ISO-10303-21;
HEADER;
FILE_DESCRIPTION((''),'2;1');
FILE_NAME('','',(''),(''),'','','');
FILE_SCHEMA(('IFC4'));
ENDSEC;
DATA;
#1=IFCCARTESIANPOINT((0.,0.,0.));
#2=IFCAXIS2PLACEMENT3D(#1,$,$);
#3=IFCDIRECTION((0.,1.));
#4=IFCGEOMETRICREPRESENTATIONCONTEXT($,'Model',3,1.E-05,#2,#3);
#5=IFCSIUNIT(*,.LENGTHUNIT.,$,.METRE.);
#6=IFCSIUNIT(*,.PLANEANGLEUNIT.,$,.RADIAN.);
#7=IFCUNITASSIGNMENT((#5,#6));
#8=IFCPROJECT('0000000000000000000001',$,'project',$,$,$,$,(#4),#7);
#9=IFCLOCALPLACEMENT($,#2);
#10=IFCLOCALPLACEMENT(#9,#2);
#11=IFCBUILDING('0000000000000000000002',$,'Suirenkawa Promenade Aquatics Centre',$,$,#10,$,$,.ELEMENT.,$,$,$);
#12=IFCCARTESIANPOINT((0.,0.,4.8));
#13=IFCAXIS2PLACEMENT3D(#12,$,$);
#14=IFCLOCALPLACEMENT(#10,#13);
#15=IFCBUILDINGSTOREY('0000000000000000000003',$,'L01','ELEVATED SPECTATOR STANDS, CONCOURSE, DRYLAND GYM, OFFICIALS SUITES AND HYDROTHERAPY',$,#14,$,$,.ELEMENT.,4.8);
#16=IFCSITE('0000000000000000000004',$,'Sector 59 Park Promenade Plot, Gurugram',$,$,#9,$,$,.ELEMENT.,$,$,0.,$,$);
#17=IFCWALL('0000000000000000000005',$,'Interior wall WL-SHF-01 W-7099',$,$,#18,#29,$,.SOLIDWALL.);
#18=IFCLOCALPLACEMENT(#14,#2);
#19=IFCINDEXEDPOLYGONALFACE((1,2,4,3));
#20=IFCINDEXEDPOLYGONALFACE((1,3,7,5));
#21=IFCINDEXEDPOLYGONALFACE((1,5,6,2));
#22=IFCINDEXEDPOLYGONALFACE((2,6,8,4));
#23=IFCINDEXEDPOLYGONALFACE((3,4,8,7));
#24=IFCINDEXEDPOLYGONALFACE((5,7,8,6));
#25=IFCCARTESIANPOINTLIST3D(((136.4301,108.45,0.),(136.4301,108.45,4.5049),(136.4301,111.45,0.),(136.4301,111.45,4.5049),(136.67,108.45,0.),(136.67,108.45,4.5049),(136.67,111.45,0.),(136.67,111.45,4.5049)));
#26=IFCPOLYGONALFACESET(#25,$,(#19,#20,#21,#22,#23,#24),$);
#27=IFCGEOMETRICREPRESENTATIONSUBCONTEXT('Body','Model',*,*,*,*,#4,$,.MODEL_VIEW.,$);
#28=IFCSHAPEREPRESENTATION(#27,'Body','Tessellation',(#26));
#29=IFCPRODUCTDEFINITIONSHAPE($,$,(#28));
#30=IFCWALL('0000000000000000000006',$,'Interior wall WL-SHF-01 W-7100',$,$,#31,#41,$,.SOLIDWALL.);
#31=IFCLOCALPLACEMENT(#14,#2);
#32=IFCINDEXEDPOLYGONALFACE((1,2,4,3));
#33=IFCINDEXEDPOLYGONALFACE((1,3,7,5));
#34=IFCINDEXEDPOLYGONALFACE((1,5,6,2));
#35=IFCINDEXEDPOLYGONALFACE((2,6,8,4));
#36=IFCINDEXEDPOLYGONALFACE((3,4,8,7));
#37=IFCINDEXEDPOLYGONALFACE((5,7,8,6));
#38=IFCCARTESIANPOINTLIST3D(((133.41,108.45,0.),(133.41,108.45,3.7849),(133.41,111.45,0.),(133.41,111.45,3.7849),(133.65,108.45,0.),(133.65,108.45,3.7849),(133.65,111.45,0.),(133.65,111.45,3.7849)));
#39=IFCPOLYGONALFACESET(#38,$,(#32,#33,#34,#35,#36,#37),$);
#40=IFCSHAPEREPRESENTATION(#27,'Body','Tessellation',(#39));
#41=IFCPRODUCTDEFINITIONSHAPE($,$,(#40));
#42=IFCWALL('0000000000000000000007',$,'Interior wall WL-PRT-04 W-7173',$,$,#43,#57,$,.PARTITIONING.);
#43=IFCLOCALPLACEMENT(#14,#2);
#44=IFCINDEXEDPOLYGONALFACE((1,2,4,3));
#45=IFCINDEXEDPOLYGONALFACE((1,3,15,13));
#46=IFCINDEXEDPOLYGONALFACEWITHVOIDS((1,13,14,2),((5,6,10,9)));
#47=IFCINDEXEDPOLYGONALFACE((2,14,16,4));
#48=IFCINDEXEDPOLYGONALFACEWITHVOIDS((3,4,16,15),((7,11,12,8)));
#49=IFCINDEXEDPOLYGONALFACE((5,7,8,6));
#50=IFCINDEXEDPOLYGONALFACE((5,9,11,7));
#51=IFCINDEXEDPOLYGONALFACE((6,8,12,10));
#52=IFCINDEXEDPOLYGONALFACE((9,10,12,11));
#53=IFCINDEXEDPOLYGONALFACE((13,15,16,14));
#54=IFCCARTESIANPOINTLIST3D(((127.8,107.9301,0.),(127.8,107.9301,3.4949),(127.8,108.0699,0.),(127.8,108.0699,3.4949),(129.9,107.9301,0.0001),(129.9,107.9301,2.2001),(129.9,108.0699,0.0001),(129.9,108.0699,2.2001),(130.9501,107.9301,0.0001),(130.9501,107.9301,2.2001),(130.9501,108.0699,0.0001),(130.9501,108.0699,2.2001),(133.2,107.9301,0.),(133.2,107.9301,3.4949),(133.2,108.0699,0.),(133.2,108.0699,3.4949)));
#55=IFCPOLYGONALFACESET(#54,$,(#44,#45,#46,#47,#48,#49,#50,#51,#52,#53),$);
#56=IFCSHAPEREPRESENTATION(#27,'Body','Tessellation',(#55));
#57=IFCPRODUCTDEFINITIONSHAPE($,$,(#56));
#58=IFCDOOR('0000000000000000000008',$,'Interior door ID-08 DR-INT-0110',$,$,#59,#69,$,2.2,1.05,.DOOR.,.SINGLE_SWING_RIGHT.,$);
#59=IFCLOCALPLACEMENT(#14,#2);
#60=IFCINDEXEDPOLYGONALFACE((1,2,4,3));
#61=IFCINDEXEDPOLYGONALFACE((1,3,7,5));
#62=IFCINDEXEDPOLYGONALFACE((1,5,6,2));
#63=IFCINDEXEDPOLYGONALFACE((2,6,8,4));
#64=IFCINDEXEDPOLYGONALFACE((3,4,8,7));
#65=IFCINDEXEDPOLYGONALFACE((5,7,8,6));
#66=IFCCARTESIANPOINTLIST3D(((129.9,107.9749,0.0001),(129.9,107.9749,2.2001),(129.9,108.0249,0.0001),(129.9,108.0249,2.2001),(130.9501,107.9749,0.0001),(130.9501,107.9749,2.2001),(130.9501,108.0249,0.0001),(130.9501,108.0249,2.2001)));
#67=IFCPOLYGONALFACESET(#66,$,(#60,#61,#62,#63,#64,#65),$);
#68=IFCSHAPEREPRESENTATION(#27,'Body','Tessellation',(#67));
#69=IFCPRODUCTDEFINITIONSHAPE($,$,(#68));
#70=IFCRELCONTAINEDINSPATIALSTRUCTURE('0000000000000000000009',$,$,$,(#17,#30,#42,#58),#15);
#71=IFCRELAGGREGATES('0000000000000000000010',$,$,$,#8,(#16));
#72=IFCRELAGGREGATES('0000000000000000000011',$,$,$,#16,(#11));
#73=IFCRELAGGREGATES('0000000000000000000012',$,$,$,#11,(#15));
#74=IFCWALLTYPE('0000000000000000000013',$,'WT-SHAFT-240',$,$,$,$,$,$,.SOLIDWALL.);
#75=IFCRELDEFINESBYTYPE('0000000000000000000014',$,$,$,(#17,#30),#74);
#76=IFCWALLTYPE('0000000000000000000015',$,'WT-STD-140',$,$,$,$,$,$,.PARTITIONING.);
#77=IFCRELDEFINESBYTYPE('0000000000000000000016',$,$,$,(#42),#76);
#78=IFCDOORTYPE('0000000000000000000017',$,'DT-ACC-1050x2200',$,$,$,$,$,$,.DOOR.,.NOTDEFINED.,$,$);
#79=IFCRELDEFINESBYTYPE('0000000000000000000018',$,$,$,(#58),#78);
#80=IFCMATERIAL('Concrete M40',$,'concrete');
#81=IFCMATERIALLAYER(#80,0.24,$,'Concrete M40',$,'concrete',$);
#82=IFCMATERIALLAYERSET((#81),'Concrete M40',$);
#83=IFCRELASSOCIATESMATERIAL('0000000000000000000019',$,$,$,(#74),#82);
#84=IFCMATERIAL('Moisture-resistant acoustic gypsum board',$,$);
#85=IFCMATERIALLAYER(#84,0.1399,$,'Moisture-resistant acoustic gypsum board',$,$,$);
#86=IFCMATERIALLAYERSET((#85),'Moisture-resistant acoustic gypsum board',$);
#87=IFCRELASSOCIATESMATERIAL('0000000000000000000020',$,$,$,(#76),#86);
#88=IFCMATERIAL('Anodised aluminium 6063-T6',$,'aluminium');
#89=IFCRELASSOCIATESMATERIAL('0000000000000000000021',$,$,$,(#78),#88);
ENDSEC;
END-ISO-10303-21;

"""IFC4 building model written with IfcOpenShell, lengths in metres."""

from ifc_helpers import new_model, si_unit, direction, frame, frame_2d, origin, place, context, subcontext, project, spatial, rectangle, extrude, material, layer, layer_set, type_object, element, fill, save


model = new_model("IFC4")

# Units and contexts
model_context = context("Model", 3, precision=1e-05, world=origin(), true_north=direction((0.0, 1.0)))
body_context = subcontext(model_context, "Body", "Model", "MODEL_VIEW")
ifc_project = project(units=[si_unit("LENGTHUNIT", "METRE"), si_unit("PLANEANGLEUNIT", "RADIAN")], contexts=[model_context])

# Site, building, storey
site_placement = place(None, origin())
site = spatial("IfcSite", under=ifc_project, at=site_placement, Name="Sector 59 Park Promenade Plot, Gurugram", CompositionType="ELEMENT", RefElevation=0.0)
building_placement = place(site_placement, origin())
building = spatial("IfcBuilding", under=site, at=building_placement, Name="Suirenkawa Promenade Aquatics Centre", CompositionType="ELEMENT")
storey_placement = place(building_placement, frame((0.0, 0.0, 4.8)))
storey = spatial("IfcBuildingStorey", under=building, at=storey_placement, Name="L01", Description="ELEVATED SPECTATOR STANDS, CONCOURSE, DRYLAND GYM, OFFICIALS SUITES AND HYDROTHERAPY", CompositionType="ELEMENT", Elevation=4.8)

# Shared definitions
ifc_material_1 = material(Name="Concrete M40", Category="concrete")

# Shared definitions
ifc_layer_1 = layer(ifc_material_1, 0.24, Name="Concrete M40", Category="concrete")
ifc_layer_set_1 = layer_set([ifc_layer_1], Name="Concrete M40")
wall_type_1 = type_object("IfcWallType", Name="WT-SHAFT-240", PredefinedType="SOLIDWALL", material=ifc_layer_set_1)

# Walls
wall_1_placement = place(storey_placement, frame((136.55, 108.45, 0.0), z_axis=(0.0, 0.0, 1.0), x_axis=(0.0, 1.0, 0.0)))
element("IfcWall", 1, at=wall_1_placement, inside=storey, type_object=wall_type_1, Name="Interior wall WL-SHF-01 W-7099", PredefinedType="SOLIDWALL", context=body_context, shape_type="SweptSolid", body=[
    extrude(rectangle(XDim=3.0, YDim=0.24, at=frame_2d((1.5, 0.0))), origin(), (0.0, 0.0, 1.0), 4.5049),
])
wall_2_placement = place(storey_placement, frame((133.53, 108.45, 0.0), z_axis=(0.0, 0.0, 1.0), x_axis=(0.0, 1.0, 0.0)))
element("IfcWall", 2, at=wall_2_placement, inside=storey, type_object=wall_type_1, Name="Interior wall WL-SHF-01 W-7100", PredefinedType="SOLIDWALL", context=body_context, shape_type="SweptSolid", body=[
    extrude(rectangle(XDim=3.0, YDim=0.24, at=frame_2d((1.5, 0.0))), origin(), (0.0, 0.0, 1.0), 3.7849),
])

# Wall, opening, door
ifc_material_2 = material(Name="Moisture-resistant acoustic gypsum board")
ifc_layer_2 = layer(ifc_material_2, 0.1399, Name="Moisture-resistant acoustic gypsum board")
ifc_layer_set_2 = layer_set([ifc_layer_2], Name="Moisture-resistant acoustic gypsum board")
wall_type_2 = type_object("IfcWallType", Name="WT-STD-140", PredefinedType="PARTITIONING", material=ifc_layer_set_2)
wall_3_placement = place(storey_placement, frame((127.8, 108.0, 0.0), z_axis=(0.0, 0.0, 1.0), x_axis=(1.0, 0.0, 0.0)))
wall_3 = element("IfcWall", 3, at=wall_3_placement, inside=storey, type_object=wall_type_2, Name="Interior wall WL-PRT-04 W-7173", PredefinedType="PARTITIONING", context=body_context, shape_type="SweptSolid", body=[
    extrude(rectangle(XDim=5.3999, YDim=0.1399, at=frame_2d((2.7, 0.0))), origin(), (0.0, 0.0, 1.0), 3.4949),
])
opening_1_placement = place(wall_3_placement, frame((2.1001, 0.0, 0.0)))
opening_1 = element("IfcOpeningElement", 4, at=opening_1_placement, cuts=wall_3, PredefinedType="OPENING", context=body_context, shape_type="SweptSolid", body=[
    extrude(rectangle(XDim=1.05, YDim=2.2, at=frame_2d((0.5249, 1.1001))), frame((0.0, 0.0798, 0.0), z_axis=(0.0, -1.0, 0.0), x_axis=(1.0, 0.0, 0.0)), (0.0, 0.0, 1.0), 0.1599),
])
ifc_material_3 = material(Name="Anodised aluminium 6063-T6", Category="aluminium")
door_type_1 = type_object("IfcDoorType", Name="DT-ACC-1050x2200", OperationType="NOTDEFINED", PredefinedType="DOOR", material=ifc_material_3)
door_1_placement = place(opening_1_placement, origin())
door_1 = element("IfcDoor", 5, at=door_1_placement, inside=storey, type_object=door_type_1, Name="Interior door ID-08 DR-INT-0110", OperationType="SINGLE_SWING_RIGHT", OverallHeight=2.2, OverallWidth=1.05, PredefinedType="DOOR", context=body_context, shape_type="SweptSolid", body=[
    extrude(rectangle(XDim=1.05, YDim=2.2, at=frame_2d((0.5249, 1.1001))), frame((0.0, 0.0249, 0.0), z_axis=(0.0, -1.0, 0.0), x_axis=(1.0, 0.0, 0.0)), (0.0, 0.0, 1.0), 0.05),
])
fill(opening_1, door_1)

save(model, "model.ifc")
